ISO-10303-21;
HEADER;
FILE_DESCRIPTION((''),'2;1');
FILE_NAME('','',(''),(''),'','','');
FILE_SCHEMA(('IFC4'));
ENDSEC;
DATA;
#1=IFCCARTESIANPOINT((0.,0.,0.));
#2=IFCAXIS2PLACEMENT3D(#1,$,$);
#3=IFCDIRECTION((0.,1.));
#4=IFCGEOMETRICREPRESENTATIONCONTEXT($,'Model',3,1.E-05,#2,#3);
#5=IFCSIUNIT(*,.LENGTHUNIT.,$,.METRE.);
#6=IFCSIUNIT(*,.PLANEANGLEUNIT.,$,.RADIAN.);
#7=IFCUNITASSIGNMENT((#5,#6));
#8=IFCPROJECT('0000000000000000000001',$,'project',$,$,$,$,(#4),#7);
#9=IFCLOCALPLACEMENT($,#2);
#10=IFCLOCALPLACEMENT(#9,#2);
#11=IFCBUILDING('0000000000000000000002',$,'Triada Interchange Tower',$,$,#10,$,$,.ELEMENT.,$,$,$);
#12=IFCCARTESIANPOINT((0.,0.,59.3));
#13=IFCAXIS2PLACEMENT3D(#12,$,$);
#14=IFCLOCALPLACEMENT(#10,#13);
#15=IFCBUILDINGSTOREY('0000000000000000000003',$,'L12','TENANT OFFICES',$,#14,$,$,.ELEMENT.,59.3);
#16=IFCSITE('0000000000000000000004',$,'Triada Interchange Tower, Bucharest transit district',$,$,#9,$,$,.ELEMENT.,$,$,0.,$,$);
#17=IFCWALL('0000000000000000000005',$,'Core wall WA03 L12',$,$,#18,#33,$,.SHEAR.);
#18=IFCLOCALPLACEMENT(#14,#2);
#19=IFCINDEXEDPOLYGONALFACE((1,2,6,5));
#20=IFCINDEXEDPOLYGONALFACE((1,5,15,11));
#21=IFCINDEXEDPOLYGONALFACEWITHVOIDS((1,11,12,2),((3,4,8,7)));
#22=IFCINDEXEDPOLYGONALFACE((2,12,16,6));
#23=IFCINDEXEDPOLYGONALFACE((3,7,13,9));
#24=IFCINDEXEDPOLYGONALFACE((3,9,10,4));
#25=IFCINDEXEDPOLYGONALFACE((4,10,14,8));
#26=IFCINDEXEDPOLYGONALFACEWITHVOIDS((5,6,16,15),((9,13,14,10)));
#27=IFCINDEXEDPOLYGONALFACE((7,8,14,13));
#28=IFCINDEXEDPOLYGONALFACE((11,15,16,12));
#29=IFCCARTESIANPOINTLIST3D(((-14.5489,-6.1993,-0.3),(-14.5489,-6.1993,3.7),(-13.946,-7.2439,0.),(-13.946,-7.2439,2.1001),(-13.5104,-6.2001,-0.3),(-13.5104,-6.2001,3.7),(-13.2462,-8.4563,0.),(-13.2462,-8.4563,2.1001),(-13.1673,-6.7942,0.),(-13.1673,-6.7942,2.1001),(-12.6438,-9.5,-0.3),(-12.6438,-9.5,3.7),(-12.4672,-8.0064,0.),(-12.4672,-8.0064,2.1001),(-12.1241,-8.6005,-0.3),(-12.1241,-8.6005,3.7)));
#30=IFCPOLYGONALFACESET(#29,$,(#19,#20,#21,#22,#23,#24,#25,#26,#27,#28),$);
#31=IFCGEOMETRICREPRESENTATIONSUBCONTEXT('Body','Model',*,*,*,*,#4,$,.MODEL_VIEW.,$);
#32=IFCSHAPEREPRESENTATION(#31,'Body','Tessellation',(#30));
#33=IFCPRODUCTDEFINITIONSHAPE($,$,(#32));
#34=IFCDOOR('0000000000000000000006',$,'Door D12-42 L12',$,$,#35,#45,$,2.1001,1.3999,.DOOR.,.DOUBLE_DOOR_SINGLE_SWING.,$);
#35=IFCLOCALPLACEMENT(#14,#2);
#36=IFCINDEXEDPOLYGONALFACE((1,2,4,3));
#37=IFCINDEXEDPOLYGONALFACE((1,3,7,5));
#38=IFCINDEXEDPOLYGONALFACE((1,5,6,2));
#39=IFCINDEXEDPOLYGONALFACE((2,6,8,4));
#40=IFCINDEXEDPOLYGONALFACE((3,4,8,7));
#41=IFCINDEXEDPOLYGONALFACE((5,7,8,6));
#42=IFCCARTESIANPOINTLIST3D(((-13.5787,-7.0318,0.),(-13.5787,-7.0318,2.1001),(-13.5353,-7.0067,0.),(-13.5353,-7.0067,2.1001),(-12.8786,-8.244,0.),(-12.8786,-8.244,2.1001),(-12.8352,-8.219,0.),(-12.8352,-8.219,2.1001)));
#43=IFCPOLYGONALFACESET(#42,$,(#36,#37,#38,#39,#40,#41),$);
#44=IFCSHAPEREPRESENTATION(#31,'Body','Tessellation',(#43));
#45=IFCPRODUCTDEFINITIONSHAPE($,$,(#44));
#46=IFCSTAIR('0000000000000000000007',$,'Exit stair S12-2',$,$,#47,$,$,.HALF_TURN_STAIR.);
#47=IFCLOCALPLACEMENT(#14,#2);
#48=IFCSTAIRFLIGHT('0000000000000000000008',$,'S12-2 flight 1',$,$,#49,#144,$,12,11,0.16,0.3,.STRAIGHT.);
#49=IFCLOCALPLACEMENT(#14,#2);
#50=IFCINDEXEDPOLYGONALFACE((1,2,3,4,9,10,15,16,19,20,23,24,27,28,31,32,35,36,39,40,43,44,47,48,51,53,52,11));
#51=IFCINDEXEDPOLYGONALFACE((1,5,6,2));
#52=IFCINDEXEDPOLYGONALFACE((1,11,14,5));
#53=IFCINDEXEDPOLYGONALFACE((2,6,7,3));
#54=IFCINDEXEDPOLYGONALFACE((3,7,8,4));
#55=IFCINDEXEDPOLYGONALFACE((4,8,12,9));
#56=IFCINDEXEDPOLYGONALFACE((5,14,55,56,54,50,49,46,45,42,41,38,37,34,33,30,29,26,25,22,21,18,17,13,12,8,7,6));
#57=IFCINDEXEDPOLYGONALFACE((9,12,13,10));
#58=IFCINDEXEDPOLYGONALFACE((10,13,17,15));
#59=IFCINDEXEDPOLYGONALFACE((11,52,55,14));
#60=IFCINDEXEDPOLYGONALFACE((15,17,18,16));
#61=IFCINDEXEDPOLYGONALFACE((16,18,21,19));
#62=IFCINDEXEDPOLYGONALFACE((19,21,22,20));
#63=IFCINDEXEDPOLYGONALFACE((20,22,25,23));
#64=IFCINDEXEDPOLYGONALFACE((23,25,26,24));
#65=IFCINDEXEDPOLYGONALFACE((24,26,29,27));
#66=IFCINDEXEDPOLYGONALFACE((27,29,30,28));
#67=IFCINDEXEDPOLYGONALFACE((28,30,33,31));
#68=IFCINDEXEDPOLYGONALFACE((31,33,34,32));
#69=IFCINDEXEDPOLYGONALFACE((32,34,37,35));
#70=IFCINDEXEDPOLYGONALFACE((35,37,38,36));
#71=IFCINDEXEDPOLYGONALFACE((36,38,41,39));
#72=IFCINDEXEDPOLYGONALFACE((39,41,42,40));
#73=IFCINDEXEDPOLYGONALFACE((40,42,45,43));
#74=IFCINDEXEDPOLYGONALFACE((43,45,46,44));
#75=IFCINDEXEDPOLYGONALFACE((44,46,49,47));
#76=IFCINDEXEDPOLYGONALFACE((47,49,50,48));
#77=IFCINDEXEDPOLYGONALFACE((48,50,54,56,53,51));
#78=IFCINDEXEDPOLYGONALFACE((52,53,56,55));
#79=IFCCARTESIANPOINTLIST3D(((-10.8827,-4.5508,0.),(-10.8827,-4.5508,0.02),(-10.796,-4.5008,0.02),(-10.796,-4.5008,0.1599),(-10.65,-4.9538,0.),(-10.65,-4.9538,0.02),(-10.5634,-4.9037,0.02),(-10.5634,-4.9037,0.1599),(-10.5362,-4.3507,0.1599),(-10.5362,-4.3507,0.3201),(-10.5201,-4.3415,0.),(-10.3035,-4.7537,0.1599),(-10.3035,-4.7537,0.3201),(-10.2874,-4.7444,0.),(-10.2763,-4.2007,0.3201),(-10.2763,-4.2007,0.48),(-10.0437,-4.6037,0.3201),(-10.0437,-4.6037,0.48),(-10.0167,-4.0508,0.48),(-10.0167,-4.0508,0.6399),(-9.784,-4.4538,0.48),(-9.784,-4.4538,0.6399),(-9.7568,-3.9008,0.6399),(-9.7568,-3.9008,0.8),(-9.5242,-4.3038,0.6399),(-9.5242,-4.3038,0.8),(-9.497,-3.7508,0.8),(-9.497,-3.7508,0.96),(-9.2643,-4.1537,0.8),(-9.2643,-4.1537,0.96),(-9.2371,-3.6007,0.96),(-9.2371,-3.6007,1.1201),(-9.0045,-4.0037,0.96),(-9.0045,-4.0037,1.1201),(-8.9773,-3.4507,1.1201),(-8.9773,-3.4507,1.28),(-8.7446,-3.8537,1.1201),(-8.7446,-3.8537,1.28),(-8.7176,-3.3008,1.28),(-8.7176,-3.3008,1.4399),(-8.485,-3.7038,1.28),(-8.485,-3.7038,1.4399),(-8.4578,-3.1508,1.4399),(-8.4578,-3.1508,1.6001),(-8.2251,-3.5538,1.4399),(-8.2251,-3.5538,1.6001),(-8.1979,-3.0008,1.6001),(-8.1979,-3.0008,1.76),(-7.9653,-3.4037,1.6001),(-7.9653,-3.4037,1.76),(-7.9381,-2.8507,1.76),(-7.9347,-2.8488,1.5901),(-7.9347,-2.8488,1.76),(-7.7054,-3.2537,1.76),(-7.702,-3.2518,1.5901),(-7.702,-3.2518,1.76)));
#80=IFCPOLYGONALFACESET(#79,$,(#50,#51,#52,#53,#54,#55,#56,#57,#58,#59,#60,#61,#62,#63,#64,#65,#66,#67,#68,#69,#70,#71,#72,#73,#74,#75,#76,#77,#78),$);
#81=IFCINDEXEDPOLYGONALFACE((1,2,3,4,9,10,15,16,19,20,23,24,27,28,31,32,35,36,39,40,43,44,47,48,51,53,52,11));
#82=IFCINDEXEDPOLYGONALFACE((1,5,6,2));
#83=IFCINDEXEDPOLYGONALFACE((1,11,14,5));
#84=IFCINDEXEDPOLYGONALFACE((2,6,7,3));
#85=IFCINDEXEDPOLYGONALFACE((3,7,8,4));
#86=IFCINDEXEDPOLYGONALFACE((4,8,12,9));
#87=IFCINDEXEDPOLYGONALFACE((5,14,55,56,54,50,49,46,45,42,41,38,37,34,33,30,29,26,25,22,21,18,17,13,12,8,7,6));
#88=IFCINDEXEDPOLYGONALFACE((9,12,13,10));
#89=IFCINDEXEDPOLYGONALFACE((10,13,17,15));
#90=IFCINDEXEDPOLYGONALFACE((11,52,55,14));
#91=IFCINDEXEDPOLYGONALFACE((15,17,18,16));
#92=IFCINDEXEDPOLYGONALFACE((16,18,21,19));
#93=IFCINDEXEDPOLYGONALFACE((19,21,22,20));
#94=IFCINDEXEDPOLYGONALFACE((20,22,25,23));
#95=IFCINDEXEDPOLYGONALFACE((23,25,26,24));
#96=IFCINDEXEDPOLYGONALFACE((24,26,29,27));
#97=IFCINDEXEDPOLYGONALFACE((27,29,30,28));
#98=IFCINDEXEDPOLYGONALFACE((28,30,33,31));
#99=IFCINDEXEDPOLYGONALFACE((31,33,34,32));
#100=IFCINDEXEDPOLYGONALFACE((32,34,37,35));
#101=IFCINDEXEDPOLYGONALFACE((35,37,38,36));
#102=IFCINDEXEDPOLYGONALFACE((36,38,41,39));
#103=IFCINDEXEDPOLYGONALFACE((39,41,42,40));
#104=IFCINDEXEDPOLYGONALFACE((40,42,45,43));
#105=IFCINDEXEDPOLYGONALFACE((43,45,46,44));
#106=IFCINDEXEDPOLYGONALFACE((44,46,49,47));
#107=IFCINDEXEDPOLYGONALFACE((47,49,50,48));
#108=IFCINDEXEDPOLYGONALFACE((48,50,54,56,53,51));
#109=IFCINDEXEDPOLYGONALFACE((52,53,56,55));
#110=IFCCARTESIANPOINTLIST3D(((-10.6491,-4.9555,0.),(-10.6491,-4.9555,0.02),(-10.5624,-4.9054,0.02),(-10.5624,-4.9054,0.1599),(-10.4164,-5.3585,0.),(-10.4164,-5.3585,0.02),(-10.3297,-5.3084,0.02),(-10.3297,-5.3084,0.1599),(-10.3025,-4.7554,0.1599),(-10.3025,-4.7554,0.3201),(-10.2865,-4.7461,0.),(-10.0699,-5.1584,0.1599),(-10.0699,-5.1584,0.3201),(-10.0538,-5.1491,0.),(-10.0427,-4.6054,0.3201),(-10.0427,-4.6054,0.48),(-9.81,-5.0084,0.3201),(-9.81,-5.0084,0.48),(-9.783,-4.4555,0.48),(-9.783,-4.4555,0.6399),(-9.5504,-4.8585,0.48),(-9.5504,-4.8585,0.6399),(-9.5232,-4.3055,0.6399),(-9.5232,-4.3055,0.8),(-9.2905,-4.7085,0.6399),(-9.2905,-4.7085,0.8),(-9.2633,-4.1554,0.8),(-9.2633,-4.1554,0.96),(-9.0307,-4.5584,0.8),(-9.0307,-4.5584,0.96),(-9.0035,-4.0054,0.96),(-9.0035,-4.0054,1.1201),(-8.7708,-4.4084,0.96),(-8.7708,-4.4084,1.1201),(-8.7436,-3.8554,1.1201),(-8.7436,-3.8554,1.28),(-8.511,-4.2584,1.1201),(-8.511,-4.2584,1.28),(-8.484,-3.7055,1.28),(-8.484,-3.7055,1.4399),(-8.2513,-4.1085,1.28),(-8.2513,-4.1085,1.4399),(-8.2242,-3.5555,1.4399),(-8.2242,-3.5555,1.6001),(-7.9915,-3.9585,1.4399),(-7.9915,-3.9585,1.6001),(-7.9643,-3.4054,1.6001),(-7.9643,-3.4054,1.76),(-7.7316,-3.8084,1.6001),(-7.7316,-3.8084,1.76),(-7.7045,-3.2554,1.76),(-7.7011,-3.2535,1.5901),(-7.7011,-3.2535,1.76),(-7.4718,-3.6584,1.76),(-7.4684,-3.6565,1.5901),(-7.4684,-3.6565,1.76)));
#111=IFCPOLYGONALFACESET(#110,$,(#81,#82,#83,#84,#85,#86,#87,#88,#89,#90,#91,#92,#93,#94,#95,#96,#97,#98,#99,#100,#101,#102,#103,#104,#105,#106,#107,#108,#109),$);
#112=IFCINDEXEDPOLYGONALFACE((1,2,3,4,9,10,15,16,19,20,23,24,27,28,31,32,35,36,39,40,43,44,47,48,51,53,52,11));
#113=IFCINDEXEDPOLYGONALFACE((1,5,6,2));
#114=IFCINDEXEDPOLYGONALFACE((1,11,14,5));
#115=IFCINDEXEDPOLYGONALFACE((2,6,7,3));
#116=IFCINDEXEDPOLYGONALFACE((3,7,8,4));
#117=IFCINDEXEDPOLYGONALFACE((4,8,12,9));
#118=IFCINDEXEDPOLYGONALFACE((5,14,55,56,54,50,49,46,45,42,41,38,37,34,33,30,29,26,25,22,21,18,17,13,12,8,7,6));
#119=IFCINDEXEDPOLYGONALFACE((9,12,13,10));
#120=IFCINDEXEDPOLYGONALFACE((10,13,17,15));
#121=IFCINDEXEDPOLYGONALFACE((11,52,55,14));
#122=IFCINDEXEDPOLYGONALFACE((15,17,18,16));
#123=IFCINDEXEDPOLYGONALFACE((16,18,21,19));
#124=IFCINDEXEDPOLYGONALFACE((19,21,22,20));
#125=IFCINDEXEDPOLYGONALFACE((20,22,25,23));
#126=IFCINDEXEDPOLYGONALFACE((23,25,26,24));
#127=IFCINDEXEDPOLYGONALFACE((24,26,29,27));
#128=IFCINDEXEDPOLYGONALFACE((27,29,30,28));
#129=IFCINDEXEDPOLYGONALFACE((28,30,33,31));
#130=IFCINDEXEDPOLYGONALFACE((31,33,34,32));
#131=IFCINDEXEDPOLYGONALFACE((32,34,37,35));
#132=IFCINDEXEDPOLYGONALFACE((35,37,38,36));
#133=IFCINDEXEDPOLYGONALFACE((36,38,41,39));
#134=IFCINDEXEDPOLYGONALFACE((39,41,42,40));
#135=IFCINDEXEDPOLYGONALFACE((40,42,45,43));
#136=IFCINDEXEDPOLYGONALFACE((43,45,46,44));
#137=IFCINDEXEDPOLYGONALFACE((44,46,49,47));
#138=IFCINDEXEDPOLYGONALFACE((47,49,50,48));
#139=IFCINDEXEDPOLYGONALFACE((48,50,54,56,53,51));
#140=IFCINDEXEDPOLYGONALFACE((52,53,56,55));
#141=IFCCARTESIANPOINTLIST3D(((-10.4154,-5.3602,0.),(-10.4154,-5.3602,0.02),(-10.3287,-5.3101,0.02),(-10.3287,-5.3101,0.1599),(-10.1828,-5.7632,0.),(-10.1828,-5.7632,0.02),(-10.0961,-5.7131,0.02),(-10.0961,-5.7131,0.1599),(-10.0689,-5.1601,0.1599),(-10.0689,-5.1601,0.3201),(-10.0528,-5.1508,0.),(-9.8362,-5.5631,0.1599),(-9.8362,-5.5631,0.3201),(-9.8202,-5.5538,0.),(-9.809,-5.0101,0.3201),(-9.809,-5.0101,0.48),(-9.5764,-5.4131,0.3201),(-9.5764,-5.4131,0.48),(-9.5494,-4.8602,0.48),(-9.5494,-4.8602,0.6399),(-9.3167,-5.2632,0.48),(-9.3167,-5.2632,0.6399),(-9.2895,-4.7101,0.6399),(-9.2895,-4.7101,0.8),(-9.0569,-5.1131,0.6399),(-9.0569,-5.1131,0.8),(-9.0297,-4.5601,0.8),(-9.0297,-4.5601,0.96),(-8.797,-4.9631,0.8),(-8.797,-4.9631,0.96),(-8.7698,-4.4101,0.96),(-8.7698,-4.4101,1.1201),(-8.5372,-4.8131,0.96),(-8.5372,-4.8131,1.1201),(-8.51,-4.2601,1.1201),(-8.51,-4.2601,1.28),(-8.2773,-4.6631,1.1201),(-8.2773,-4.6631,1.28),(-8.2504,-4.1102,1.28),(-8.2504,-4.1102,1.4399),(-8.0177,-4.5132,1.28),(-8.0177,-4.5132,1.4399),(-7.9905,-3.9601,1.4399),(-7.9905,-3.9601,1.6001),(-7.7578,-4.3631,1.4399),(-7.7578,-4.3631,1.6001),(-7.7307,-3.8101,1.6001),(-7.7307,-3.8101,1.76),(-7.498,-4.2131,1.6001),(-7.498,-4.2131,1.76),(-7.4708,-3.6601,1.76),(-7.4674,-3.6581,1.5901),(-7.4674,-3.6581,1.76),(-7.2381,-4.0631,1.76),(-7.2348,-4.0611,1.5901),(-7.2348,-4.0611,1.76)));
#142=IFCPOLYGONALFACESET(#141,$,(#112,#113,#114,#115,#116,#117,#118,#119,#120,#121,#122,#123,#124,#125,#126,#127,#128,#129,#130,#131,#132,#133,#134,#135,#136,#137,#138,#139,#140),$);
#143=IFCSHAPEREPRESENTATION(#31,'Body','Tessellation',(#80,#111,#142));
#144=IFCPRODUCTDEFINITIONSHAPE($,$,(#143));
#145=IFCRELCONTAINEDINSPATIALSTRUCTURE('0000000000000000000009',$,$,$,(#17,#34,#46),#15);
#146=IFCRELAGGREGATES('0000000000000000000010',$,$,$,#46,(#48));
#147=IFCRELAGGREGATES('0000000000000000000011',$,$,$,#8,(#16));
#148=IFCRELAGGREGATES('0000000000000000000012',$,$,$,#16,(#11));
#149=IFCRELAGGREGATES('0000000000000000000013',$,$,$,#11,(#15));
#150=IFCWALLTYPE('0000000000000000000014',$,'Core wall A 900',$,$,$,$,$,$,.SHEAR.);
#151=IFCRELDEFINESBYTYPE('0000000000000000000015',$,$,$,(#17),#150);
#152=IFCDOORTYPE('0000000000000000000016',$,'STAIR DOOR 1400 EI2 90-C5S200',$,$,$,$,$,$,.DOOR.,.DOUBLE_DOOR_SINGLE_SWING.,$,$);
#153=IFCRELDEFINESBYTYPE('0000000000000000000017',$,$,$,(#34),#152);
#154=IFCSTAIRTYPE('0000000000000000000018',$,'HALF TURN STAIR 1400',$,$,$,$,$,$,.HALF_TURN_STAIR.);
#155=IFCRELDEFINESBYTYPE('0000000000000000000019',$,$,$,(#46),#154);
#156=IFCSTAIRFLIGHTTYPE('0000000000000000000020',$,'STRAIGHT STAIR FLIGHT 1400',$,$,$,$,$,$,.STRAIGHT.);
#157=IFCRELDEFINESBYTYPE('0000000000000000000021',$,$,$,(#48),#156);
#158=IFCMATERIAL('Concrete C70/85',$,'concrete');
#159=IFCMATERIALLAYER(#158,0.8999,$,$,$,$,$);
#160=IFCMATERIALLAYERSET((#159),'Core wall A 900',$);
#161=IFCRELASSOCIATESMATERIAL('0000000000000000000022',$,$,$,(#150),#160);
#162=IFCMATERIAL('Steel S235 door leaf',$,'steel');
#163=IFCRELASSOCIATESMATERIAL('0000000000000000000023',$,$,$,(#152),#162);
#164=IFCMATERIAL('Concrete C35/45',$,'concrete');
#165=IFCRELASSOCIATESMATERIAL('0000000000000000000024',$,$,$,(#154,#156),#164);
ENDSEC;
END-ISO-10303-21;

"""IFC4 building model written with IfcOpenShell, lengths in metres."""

from ifc_helpers import new_model, si_unit, direction, frame, frame_2d, origin, place, context, subcontext, project, spatial, polyline, rectangle, outline, extrude, material, layer, layer_set, type_object, element, fill, aggregate, save


model = new_model("IFC4")

# Units and contexts
model_context = context("Model", 3, precision=1e-05, world=origin(), true_north=direction((0.0, 1.0)))
body_context = subcontext(model_context, "Body", "Model", "MODEL_VIEW")
ifc_project = project(units=[si_unit("LENGTHUNIT", "METRE"), si_unit("PLANEANGLEUNIT", "RADIAN")], contexts=[model_context])

# Site, building, storey
site_placement = place(None, origin())
site = spatial("IfcSite", under=ifc_project, at=site_placement, Name="Triada Interchange Tower, Bucharest transit district", CompositionType="ELEMENT", RefElevation=0.0)
building_placement = place(site_placement, origin())
building = spatial("IfcBuilding", under=site, at=building_placement, Name="Triada Interchange Tower", CompositionType="ELEMENT")
storey_placement = place(building_placement, frame((0.0, 0.0, 59.3)))
storey = spatial("IfcBuildingStorey", under=building, at=storey_placement, Name="L12", Description="TENANT OFFICES", CompositionType="ELEMENT", Elevation=59.3)

# Shared definitions
ifc_material_1 = material(Name="Steel S235 door leaf", Category="steel")

# Wall, opening, door
ifc_material_2 = material(Name="Concrete C70/85", Category="concrete")
ifc_layer_1 = layer(ifc_material_2, 0.8999)
ifc_layer_set_1 = layer_set([ifc_layer_1], Name="Core wall A 900")
wall_type_1 = type_object("IfcWallType", Name="Core wall A 900", PredefinedType="SHEAR", material=ifc_layer_set_1)
wall_1_placement = place(storey_placement, frame((-14.03, -6.2, -0.3), z_axis=(0.0, 0.0, 1.0), x_axis=(0.500112, -0.865961, 0.0)))
wall_1 = element("IfcWall", 1, at=wall_1_placement, inside=storey, type_object=wall_type_1, Name="Core wall WA03 L12", PredefinedType="SHEAR", context=body_context, shape_type="SweptSolid", body=[
    extrude(outline(polyline([(-0.26, -0.449), (1.6455, -0.4495), (3.551, -0.45), (3.032, 0.45), (1.646, 0.45), (0.26, 0.45), (-0.26, -0.449)])), origin(), (0.0, 0.0, 1.0), 4.0),
])
opening_1_placement = place(wall_1_placement, frame((0.946, 0.0, 0.3)))
opening_1 = element("IfcOpeningElement", 2, at=opening_1_placement, cuts=wall_1, PredefinedType="OPENING", context=body_context, shape_type="SweptSolid", body=[
    extrude(rectangle(XDim=1.3999, YDim=2.1001, at=frame_2d((0.7, 1.05))), frame((0.0, 0.46, 0.0), z_axis=(0.0, -1.0, 0.0), x_axis=(1.0, 0.0, 0.0)), (0.0, 0.0, 1.0), 0.9199),
])
door_type_1 = type_object("IfcDoorType", Name="STAIR DOOR 1400 EI2 90-C5S200", OperationType="DOUBLE_DOOR_SINGLE_SWING", PredefinedType="DOOR", material=ifc_material_1)
door_1_placement = place(opening_1_placement, origin())
door_1 = element("IfcDoor", 3, at=door_1_placement, inside=storey, type_object=door_type_1, Name="Door D12-42 L12", OperationType="DOUBLE_DOOR_SINGLE_SWING", OverallHeight=2.1001, OverallWidth=1.3999, PredefinedType="DOOR", context=body_context, shape_type="SweptSolid", body=[
    extrude(rectangle(XDim=1.3999, YDim=2.1001, at=frame_2d((0.7, 1.05))), frame((0.0, 0.0249, 0.0), z_axis=(0.0, -1.0, 0.0), x_axis=(1.0, 0.0, 0.0)), (0.0, 0.0, 1.0), 0.05),
])
fill(opening_1, door_1)

# Stair, stair flight
ifc_material_3 = material(Name="Concrete C35/45", Category="concrete")
stair_type = type_object("IfcStairType", Name="HALF TURN STAIR 1400", PredefinedType="HALF_TURN_STAIR", material=ifc_material_3)
stair_placement = place(storey_placement, origin())
stair = element("IfcStair", 4, at=stair_placement, inside=storey, type_object=stair_type, Name="Exit stair S12-2", PredefinedType="HALF_TURN_STAIR")
stair_flight_type = type_object("IfcStairFlightType", Name="STRAIGHT STAIR FLIGHT 1400", PredefinedType="STRAIGHT", material=ifc_material_3)
stair_flight_1_placement = place(storey_placement, frame((-10.446, -5.1069, 0.0), z_axis=(0.0, 0.0, 1.0), x_axis=(0.866025, 0.5, 0.0)))
stair_flight_1 = element("IfcStairFlight", 5, at=stair_flight_1_placement, type_object=stair_flight_type, Name="S12-2 flight 1", NumberOfRisers=12, NumberOfTreads=11, PredefinedType="STRAIGHT", RiserHeight=0.16, TreadLength=0.3, context=body_context, shape_type="SweptSolid", body=[
    extrude(outline(polyline([(-0.1001, 0.0), (-0.1001, 0.02), (0.0, 0.02), (0.0, 0.1599), (0.3, 0.1599), (0.3, 0.3201), (0.6001, 0.3201), (0.6001, 0.48), (0.8999, 0.48), (0.8999, 0.6399), (1.2, 0.6399), (1.2, 0.8), (1.5, 0.8), (1.5, 0.96), (1.8, 0.96), (1.8, 1.1201), (2.1001, 1.1201), (2.1001, 1.28), (2.3999, 1.28), (2.3999, 1.4399), (2.7, 1.4399), (2.7, 1.6001), (3.0, 1.6001), (3.0, 1.76), (3.3, 1.76), (3.304, 1.76), (3.304, 1.9199), (3.304, 1.5901), (0.3186, 0.0), (-0.1001, 0.0)])), frame((0.0, 0.7, 0.0), z_axis=(0.0, -1.0, 0.0), x_axis=(1.0, 0.0, 0.0)), (0.0, 0.0, 1.0), 0.4653),
    extrude(outline(polyline([(-0.1001, 0.0), (-0.1001, 0.02), (0.0, 0.02), (0.0, 0.1599), (0.3, 0.1599), (0.3, 0.3201), (0.6001, 0.3201), (0.6001, 0.48), (0.8999, 0.48), (0.8999, 0.6399), (1.2, 0.6399), (1.2, 0.8), (1.5, 0.8), (1.5, 0.96), (1.8, 0.96), (1.8, 1.1201), (2.1001, 1.1201), (2.1001, 1.28), (2.3999, 1.28), (2.3999, 1.4399), (2.7, 1.4399), (2.7, 1.6001), (3.0, 1.6001), (3.0, 1.76), (3.3, 1.76), (3.304, 1.76), (3.304, 1.9199), (3.304, 1.5901), (0.3186, 0.0), (-0.1001, 0.0)])), frame((0.0, 0.2327, 0.0), z_axis=(0.0, -1.0, 0.0), x_axis=(1.0, 0.0, 0.0)), (0.0, 0.0, 1.0), 0.4653),
    extrude(outline(polyline([(-0.1001, 0.0), (-0.1001, 0.02), (0.0, 0.02), (0.0, 0.1599), (0.3, 0.1599), (0.3, 0.3201), (0.6001, 0.3201), (0.6001, 0.48), (0.8999, 0.48), (0.8999, 0.6399), (1.2, 0.6399), (1.2, 0.8), (1.5, 0.8), (1.5, 0.96), (1.8, 0.96), (1.8, 1.1201), (2.1001, 1.1201), (2.1001, 1.28), (2.3999, 1.28), (2.3999, 1.4399), (2.7, 1.4399), (2.7, 1.6001), (3.0, 1.6001), (3.0, 1.76), (3.3, 1.76), (3.304, 1.76), (3.304, 1.9199), (3.304, 1.5901), (0.3186, 0.0), (-0.1001, 0.0)])), frame((0.0, -0.2346, 0.0), z_axis=(0.0, -1.0, 0.0), x_axis=(1.0, 0.0, 0.0)), (0.0, 0.0, 1.0), 0.4653),
])
aggregate(stair, [stair_flight_1])

save(model, "model.ifc")
